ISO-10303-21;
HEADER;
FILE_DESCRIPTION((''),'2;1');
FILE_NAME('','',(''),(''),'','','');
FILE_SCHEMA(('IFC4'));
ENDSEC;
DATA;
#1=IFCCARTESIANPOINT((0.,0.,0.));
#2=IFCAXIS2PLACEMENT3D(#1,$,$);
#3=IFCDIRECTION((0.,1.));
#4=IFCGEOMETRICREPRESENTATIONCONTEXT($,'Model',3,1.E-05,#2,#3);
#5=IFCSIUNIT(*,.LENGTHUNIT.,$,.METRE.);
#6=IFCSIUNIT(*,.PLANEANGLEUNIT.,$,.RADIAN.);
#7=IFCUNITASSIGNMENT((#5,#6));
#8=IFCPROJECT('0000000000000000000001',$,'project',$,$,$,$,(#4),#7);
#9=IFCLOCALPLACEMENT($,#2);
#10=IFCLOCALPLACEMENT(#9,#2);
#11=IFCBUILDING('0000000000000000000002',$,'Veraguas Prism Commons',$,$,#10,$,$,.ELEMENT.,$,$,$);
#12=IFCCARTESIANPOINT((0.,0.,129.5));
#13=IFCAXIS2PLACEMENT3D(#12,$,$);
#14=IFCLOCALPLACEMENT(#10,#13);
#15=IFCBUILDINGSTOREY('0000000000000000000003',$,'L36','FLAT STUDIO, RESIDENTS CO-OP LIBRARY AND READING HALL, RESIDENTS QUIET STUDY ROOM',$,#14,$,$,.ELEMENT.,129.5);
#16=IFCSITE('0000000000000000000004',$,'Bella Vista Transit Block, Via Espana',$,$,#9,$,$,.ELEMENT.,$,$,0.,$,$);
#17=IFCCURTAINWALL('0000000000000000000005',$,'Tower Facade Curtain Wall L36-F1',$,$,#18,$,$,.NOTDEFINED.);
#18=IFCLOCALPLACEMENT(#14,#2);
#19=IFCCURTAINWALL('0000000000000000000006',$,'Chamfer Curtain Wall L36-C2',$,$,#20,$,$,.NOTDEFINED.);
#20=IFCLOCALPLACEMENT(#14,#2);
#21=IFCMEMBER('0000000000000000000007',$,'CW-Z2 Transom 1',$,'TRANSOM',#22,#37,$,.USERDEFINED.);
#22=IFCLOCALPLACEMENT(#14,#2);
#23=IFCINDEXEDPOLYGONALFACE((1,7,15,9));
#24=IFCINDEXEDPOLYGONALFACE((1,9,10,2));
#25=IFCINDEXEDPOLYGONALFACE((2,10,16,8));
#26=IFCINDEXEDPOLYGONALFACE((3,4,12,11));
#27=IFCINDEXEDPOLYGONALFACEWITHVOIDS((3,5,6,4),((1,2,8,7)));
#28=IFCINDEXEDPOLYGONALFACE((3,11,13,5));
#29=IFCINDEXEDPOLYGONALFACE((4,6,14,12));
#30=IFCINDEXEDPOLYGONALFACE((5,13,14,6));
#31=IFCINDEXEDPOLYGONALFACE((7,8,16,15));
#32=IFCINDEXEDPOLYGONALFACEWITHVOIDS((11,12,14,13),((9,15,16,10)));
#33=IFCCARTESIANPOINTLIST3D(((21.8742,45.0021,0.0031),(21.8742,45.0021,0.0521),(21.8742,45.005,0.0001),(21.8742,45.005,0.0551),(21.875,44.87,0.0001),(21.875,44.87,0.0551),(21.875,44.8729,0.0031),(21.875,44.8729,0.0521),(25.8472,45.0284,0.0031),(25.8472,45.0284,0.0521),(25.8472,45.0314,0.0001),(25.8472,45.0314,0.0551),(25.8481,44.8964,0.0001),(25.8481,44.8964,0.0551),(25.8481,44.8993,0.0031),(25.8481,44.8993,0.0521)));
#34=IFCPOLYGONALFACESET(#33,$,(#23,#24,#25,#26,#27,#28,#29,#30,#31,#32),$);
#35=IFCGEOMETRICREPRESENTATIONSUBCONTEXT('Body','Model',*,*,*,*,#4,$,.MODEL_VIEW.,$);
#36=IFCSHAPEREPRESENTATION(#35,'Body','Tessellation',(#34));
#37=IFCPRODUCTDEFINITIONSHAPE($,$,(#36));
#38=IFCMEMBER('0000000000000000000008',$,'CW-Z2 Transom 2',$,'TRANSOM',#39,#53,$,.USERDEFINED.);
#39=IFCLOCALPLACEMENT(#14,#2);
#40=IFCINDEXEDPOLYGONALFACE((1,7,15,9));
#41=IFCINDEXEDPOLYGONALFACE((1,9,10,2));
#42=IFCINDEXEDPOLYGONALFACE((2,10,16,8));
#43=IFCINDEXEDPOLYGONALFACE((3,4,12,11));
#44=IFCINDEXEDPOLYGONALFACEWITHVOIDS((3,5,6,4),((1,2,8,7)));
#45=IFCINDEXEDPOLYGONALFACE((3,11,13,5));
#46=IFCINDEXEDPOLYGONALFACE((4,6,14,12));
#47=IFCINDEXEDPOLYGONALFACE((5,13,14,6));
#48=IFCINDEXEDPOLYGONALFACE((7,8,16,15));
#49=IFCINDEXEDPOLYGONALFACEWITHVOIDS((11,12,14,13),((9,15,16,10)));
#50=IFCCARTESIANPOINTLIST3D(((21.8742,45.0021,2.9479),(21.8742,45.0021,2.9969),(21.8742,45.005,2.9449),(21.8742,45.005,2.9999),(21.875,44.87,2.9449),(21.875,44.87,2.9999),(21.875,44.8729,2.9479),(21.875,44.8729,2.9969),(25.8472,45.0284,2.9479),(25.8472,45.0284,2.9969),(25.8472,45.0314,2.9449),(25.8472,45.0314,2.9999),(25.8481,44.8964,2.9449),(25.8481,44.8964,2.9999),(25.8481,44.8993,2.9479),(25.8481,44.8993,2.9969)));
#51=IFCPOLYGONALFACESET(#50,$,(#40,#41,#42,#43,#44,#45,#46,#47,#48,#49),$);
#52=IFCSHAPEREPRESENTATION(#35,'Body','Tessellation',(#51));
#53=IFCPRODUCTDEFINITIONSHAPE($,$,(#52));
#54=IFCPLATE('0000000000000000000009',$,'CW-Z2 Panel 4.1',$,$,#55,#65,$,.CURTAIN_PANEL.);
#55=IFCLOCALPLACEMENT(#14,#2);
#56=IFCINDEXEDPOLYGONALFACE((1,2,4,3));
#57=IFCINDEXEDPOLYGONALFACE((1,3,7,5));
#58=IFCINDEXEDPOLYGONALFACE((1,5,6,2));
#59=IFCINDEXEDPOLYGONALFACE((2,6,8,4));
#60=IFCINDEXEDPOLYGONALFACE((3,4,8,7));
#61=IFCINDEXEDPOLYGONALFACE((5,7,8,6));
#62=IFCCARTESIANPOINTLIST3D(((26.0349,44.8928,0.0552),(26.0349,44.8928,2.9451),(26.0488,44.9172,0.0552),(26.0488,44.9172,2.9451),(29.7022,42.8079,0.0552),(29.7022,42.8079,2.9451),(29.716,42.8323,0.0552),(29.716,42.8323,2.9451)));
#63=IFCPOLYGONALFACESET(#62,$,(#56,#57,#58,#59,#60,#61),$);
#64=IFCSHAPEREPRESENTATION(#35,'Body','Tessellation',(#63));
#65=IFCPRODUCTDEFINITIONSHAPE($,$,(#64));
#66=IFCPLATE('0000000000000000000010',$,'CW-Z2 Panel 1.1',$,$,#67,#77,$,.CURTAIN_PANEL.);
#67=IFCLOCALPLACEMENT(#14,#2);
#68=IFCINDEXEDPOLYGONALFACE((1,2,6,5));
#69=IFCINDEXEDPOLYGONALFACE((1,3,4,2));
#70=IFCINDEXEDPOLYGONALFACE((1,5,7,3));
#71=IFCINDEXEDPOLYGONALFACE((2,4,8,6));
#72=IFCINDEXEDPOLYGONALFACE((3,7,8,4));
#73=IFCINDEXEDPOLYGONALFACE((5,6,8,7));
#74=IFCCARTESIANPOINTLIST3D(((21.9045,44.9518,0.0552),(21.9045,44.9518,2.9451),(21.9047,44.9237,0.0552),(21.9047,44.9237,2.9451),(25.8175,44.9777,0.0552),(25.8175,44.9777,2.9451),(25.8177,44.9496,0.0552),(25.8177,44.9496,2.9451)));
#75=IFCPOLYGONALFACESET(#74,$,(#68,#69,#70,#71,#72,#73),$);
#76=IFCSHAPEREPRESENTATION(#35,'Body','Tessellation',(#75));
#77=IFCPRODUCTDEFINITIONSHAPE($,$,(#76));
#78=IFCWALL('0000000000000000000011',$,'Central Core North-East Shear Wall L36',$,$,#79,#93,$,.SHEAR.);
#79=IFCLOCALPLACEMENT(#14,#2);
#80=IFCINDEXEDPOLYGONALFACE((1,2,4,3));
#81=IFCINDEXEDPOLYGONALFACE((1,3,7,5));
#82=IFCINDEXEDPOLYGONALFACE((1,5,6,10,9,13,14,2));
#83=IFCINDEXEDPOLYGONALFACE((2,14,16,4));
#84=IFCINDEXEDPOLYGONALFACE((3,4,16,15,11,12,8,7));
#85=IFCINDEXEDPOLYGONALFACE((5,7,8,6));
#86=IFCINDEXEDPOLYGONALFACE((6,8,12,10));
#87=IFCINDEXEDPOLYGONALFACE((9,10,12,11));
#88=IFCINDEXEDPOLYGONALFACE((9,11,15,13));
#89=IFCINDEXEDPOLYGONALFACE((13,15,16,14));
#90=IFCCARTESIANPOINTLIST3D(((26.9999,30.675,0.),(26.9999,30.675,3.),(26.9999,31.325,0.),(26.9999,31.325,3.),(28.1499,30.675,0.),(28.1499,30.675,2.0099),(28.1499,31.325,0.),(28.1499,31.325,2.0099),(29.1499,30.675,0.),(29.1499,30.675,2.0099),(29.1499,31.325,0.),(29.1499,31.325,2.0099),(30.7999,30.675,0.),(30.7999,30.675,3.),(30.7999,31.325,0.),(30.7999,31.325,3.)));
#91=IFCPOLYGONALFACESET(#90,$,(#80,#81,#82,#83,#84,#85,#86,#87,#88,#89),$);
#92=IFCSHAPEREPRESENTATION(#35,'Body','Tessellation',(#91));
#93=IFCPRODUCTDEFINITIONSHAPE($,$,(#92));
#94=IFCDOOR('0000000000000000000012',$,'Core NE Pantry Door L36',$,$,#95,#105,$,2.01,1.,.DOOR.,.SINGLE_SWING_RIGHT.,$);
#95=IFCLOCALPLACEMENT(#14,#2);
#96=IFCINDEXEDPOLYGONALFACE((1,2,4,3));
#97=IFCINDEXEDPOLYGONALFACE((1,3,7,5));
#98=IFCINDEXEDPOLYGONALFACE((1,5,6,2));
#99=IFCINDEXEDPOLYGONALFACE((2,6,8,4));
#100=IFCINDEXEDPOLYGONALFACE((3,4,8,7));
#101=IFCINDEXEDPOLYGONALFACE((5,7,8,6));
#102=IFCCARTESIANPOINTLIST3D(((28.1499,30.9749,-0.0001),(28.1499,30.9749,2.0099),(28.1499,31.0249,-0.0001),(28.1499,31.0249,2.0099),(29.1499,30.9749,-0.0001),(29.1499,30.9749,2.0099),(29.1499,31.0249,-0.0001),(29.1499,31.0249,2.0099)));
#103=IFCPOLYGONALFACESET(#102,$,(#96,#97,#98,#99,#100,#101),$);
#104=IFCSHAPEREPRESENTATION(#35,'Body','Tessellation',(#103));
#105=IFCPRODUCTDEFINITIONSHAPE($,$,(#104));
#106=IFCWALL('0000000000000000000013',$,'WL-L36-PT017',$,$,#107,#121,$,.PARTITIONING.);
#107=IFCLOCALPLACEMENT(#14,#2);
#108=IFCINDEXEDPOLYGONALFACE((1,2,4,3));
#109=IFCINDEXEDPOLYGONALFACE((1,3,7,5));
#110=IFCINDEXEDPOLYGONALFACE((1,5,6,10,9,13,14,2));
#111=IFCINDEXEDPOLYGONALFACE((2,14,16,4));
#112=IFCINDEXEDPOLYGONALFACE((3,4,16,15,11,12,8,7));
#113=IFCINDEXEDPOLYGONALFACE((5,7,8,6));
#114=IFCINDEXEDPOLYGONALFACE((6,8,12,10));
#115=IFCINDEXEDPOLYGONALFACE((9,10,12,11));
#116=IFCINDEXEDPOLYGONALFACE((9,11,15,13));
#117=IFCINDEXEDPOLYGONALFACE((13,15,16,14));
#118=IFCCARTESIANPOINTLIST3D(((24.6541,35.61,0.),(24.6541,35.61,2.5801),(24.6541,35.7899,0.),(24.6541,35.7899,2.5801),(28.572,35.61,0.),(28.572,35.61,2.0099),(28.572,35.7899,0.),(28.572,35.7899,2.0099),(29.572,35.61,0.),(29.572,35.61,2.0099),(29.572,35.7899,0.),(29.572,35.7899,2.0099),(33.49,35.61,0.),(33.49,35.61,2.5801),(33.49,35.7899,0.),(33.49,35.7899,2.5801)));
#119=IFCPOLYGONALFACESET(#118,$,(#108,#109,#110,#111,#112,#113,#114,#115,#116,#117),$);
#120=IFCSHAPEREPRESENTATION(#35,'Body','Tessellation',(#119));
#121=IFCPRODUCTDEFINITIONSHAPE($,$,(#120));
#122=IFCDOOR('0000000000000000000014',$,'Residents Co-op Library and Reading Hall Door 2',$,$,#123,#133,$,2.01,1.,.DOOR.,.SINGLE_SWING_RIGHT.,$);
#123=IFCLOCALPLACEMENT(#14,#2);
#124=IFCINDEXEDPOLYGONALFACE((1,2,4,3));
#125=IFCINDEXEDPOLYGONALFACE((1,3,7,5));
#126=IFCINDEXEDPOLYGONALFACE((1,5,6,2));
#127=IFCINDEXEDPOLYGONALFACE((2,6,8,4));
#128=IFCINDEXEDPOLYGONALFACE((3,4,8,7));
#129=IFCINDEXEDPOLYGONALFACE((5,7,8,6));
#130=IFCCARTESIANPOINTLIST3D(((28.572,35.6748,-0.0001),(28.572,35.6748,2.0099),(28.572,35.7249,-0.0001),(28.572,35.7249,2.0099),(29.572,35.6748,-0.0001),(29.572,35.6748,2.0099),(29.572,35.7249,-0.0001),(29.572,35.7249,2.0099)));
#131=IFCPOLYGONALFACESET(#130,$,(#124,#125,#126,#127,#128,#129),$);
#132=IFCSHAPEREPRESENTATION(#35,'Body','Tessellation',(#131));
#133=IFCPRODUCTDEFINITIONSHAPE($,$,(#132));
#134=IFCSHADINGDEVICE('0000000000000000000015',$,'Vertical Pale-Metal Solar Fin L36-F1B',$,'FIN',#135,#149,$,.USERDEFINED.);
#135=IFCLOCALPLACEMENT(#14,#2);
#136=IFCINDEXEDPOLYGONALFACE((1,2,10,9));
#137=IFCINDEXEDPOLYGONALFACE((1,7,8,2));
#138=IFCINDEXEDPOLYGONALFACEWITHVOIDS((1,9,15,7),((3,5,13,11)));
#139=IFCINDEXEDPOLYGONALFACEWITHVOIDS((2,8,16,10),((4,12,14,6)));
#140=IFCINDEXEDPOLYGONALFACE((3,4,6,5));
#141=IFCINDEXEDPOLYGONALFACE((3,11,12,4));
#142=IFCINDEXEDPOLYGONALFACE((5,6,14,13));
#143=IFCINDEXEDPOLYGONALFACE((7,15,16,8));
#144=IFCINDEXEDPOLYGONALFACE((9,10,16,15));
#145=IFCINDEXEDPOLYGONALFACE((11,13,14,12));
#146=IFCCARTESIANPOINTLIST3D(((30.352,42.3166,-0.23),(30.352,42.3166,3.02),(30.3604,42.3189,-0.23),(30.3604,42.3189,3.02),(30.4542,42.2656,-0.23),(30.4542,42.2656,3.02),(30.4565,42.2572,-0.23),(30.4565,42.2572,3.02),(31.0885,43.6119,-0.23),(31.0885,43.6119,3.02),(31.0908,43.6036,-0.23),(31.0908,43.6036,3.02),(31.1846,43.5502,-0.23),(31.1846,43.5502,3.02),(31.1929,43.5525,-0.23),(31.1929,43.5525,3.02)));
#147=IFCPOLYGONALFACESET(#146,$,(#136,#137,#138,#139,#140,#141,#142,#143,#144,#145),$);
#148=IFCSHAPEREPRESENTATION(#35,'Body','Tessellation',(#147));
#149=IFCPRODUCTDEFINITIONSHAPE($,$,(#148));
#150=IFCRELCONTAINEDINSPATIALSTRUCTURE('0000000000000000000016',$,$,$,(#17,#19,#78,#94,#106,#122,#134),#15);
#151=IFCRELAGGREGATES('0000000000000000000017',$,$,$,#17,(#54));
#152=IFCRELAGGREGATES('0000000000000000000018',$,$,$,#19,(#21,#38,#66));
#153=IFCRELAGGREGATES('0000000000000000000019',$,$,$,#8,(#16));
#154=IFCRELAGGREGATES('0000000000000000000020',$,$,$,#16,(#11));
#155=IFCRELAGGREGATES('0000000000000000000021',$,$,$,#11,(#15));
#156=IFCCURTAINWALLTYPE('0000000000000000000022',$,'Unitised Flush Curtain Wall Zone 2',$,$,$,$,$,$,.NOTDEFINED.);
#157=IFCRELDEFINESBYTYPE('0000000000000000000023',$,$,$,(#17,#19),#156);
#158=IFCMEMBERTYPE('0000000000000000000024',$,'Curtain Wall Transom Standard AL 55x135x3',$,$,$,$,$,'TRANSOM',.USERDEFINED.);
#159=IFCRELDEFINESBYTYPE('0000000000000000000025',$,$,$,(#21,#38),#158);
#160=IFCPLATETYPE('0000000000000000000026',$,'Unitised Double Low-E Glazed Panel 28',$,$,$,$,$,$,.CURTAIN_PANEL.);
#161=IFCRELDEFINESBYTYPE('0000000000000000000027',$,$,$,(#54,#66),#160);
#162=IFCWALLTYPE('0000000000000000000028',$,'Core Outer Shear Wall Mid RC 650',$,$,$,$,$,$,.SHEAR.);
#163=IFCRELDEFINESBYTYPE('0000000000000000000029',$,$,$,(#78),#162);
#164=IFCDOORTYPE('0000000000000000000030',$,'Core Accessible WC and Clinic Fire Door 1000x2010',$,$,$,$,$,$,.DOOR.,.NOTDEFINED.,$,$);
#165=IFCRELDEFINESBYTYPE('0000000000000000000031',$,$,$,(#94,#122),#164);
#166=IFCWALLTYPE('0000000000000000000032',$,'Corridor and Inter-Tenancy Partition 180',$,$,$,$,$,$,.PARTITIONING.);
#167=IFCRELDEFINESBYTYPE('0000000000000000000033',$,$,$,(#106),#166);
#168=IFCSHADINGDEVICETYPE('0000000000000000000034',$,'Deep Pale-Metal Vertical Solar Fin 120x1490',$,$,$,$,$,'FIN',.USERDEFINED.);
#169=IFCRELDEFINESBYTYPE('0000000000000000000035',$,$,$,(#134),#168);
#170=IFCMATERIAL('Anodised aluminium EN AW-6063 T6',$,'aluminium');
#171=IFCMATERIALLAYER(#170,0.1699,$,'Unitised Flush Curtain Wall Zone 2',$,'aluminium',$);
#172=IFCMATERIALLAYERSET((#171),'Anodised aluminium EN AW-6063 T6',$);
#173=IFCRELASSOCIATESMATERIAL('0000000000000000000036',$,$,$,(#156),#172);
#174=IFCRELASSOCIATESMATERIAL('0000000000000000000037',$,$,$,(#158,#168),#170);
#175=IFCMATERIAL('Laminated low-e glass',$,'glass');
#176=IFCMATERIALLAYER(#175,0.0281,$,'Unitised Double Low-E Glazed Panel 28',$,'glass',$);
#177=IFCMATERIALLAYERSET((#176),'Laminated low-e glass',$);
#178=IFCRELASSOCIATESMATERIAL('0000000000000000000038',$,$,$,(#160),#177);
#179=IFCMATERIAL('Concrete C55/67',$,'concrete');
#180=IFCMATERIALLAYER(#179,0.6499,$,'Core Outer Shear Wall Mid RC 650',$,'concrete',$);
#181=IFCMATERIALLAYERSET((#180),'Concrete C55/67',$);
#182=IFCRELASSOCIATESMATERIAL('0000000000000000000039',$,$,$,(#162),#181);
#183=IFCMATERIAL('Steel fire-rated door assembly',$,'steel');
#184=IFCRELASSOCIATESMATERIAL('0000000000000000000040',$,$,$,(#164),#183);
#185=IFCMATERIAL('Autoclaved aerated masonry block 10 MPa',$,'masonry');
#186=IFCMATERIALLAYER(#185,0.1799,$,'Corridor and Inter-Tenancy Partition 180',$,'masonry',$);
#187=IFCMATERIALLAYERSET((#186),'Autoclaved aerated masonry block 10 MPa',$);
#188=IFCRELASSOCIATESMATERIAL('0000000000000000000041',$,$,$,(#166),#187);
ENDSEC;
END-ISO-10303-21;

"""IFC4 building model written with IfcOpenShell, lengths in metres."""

from ifc_helpers import new_model, si_unit, direction, frame, frame_2d, origin, origin_2d, place, context, subcontext, project, spatial, rectangle, hollow_rectangle, extrude, source, transform, mapped, material, layer, layer_set, material_profile, profile_set, type_object, element, fill, aggregate, save


model = new_model("IFC4")

# Units and contexts
model_context = context("Model", 3, precision=1e-05, world=origin(), true_north=direction((0.0, 1.0)))
body_context = subcontext(model_context, "Body", "Model", "MODEL_VIEW")
ifc_project = project(units=[si_unit("LENGTHUNIT", "METRE"), si_unit("PLANEANGLEUNIT", "RADIAN")], contexts=[model_context])

# Site, building, storey
site_placement = place(None, origin())
site = spatial("IfcSite", under=ifc_project, at=site_placement, Name="Bella Vista Transit Block, Via Espana", CompositionType="ELEMENT", RefElevation=0.0)
building_placement = place(site_placement, origin())
building = spatial("IfcBuilding", under=site, at=building_placement, Name="Veraguas Prism Commons", CompositionType="ELEMENT")
storey_placement = place(building_placement, frame((0.0, 0.0, 129.5)))
storey = spatial("IfcBuildingStorey", under=building, at=storey_placement, Name="L36", Description="FLAT STUDIO, RESIDENTS CO-OP LIBRARY AND READING HALL, RESIDENTS QUIET STUDY ROOM", CompositionType="ELEMENT", Elevation=129.5)

# Curtain walls, members
ifc_material_1 = material(Name="Anodised aluminium EN AW-6063 T6", Category="aluminium")
ifc_layer_1 = layer(ifc_material_1, 0.1699, Name="Unitised Flush Curtain Wall Zone 2", Category="aluminium")
ifc_layer_set_1 = layer_set([ifc_layer_1], Name="Anodised aluminium EN AW-6063 T6")
curtain_wall_type = type_object("IfcCurtainWallType", Name="Unitised Flush Curtain Wall Zone 2", PredefinedType="NOTDEFINED", material=ifc_layer_set_1)
curtain_wall_1_placement = place(storey_placement, origin())
curtain_wall_1 = element("IfcCurtainWall", 1, at=curtain_wall_1_placement, inside=storey, type_object=curtain_wall_type, Name="Tower Facade Curtain Wall L36-F1", PredefinedType="NOTDEFINED")
curtain_wall_2_placement = place(storey_placement, origin())
curtain_wall_2 = element("IfcCurtainWall", 2, at=curtain_wall_2_placement, inside=storey, type_object=curtain_wall_type, Name="Chamfer Curtain Wall L36-C2", PredefinedType="NOTDEFINED")
ifc_material_profile_1 = material_profile(ifc_material_1, hollow_rectangle(XDim=0.0549, YDim=0.135, WallThickness=0.0029, at=origin_2d()), Name="AL55X135X3")
ifc_profile_set_1 = profile_set([ifc_material_profile_1], Name="Anodised aluminium EN AW-6063 T6")
member_type_1 = type_object("IfcMemberType", Name="Curtain Wall Transom Standard AL 55x135x3", ElementType="TRANSOM", PredefinedType="USERDEFINED", material=ifc_profile_set_1)
shared_shape_1 = source(origin(), body_context, "Body", "SweptSolid", [
    extrude(hollow_rectangle(XDim=0.0549, YDim=0.135, WallThickness=0.0029, at=origin_2d()), origin(), (0.0, 0.0, 1.0), 3.9731),
])
member_1_placement = place(storey_placement, frame((25.8477, 44.9639, 0.0276), z_axis=(-0.999978, -0.006636, 0.0), x_axis=(0.0, 0.0, 1.0)))
member_1 = element("IfcMember", 3, at=member_1_placement, type_object=member_type_1, Name="CW-Z2 Transom 1", ObjectType="TRANSOM", PredefinedType="USERDEFINED", context=body_context, shape_type="MappedRepresentation", body=[
    mapped(shared_shape_1, transform((0.0, 0.0, 0.0), scale=1.0)),
])
member_2_placement = place(storey_placement, frame((25.8477, 44.9639, 2.9724), z_axis=(-0.999978, -0.006636, 0.0), x_axis=(0.0, 0.0, 1.0)))
member_2 = element("IfcMember", 4, at=member_2_placement, type_object=member_type_1, Name="CW-Z2 Transom 2", ObjectType="TRANSOM", PredefinedType="USERDEFINED", context=body_context, shape_type="MappedRepresentation", body=[
    mapped(shared_shape_1, transform((0.0, 0.0, 0.0), scale=1.0)),
])

# Plates
ifc_material_2 = material(Name="Laminated low-e glass", Category="glass")
ifc_layer_2 = layer(ifc_material_2, 0.0281, Name="Unitised Double Low-E Glazed Panel 28", Category="glass")
ifc_layer_set_2 = layer_set([ifc_layer_2], Name="Laminated low-e glass")
plate_type = type_object("IfcPlateType", Name="Unitised Double Low-E Glazed Panel 28", PredefinedType="CURTAIN_PANEL", material=ifc_layer_set_2)
shared_shape_2 = source(origin(), body_context, "Body", "SweptSolid", [
    extrude(rectangle(XDim=4.2185, YDim=0.0281, at=origin_2d()), origin(), (0.0, 0.0, 1.0), 2.8899),
])
plate_1_placement = place(storey_placement, frame((27.8755, 43.8625, 0.0552), z_axis=(0.0, 0.0, 1.0), x_axis=(-0.869323, 0.494244, 0.0)))
plate_1 = element("IfcPlate", 5, at=plate_1_placement, type_object=plate_type, Name="CW-Z2 Panel 4.1", PredefinedType="CURTAIN_PANEL", context=body_context, shape_type="MappedRepresentation", body=[
    mapped(shared_shape_2, transform((0.0, 0.0, 0.0), scale=1.0)),
])
aggregate(curtain_wall_1, [plate_1])
shared_shape_3 = source(origin(), body_context, "Body", "SweptSolid", [
    extrude(rectangle(XDim=3.9131, YDim=0.0281, at=origin_2d()), origin(), (0.0, 0.0, 1.0), 2.8899),
])
plate_2_placement = place(storey_placement, frame((23.8611, 44.9507, 0.0552), z_axis=(0.0, 0.0, 1.0), x_axis=(-0.999978, -0.00662, 0.0)))
plate_2 = element("IfcPlate", 6, at=plate_2_placement, type_object=plate_type, Name="CW-Z2 Panel 1.1", PredefinedType="CURTAIN_PANEL", context=body_context, shape_type="MappedRepresentation", body=[
    mapped(shared_shape_3, transform((0.0, 0.0, 0.0), scale=1.0)),
])
aggregate(curtain_wall_2, [member_1, member_2, plate_2])

# Walls, openings, doors
ifc_material_3 = material(Name="Concrete C55/67", Category="concrete")
ifc_layer_3 = layer(ifc_material_3, 0.6499, Name="Core Outer Shear Wall Mid RC 650", Category="concrete")
ifc_layer_set_3 = layer_set([ifc_layer_3], Name="Concrete C55/67")
wall_type_1 = type_object("IfcWallType", Name="Core Outer Shear Wall Mid RC 650", PredefinedType="SHEAR", material=ifc_layer_set_3)
wall_1_placement = place(storey_placement, frame((27.0, 31.0, 0.0), z_axis=(0.0, 0.0, 1.0), x_axis=(1.0, 0.0, 0.0)))
wall_1 = element("IfcWall", 7, at=wall_1_placement, inside=storey, type_object=wall_type_1, Name="Central Core North-East Shear Wall L36", PredefinedType="SHEAR", context=body_context, shape_type="SweptSolid", body=[
    extrude(rectangle(XDim=3.8, YDim=0.6499, at=frame_2d((1.8999, 0.0))), origin(), (0.0, 0.0, 1.0), 3.0),
])
opening_1_placement = place(wall_1_placement, frame((1.1499, 0.0, 0.0)))
opening_1 = element("IfcOpeningElement", 8, at=opening_1_placement, cuts=wall_1, PredefinedType="OPENING", context=body_context, shape_type="SweptSolid", body=[
    extrude(rectangle(XDim=1.0, YDim=2.01, at=frame_2d((0.5, 1.0049))), frame((0.0, 0.335, 0.0), z_axis=(0.0, -1.0, 0.0), x_axis=(1.0, 0.0, 0.0)), (0.0, 0.0, 1.0), 0.6699),
])
ifc_material_4 = material(Name="Steel fire-rated door assembly", Category="steel")
door_type = type_object("IfcDoorType", Name="Core Accessible WC and Clinic Fire Door 1000x2010", OperationType="NOTDEFINED", PredefinedType="DOOR", material=ifc_material_4)
shared_shape_4 = source(origin(), body_context, "Body", "SweptSolid", [
    extrude(rectangle(XDim=1.0, YDim=2.01, at=frame_2d((0.5, 1.0049))), frame((0.0, 0.0249, 0.0), z_axis=(0.0, -1.0, 0.0), x_axis=(1.0, 0.0, 0.0)), (0.0, 0.0, 1.0), 0.05),
])
door_1_placement = place(opening_1_placement, origin())
door_1 = element("IfcDoor", 9, at=door_1_placement, inside=storey, type_object=door_type, Name="Core NE Pantry Door L36", OperationType="SINGLE_SWING_RIGHT", OverallHeight=2.01, OverallWidth=1.0, PredefinedType="DOOR", context=body_context, shape_type="MappedRepresentation", body=[
    mapped(shared_shape_4, transform((0.0, 0.0, 0.0), scale=1.0)),
])
fill(opening_1, door_1)
ifc_material_5 = material(Name="Autoclaved aerated masonry block 10 MPa", Category="masonry")
ifc_layer_4 = layer(ifc_material_5, 0.1799, Name="Corridor and Inter-Tenancy Partition 180", Category="masonry")
ifc_layer_set_4 = layer_set([ifc_layer_4], Name="Autoclaved aerated masonry block 10 MPa")
wall_type_2 = type_object("IfcWallType", Name="Corridor and Inter-Tenancy Partition 180", PredefinedType="PARTITIONING", material=ifc_layer_set_4)
wall_2_placement = place(storey_placement, frame((24.6541, 35.7, 0.0), z_axis=(0.0, 0.0, 1.0), x_axis=(1.0, 0.0, 0.0)))
wall_2 = element("IfcWall", 10, at=wall_2_placement, inside=storey, type_object=wall_type_2, Name="WL-L36-PT017", PredefinedType="PARTITIONING", context=body_context, shape_type="SweptSolid", body=[
    extrude(rectangle(XDim=8.8359, YDim=0.1799, at=frame_2d((4.418, 0.0))), origin(), (0.0, 0.0, 1.0), 2.5801),
])
opening_2_placement = place(wall_2_placement, frame((3.918, 0.0, 0.0)))
opening_2 = element("IfcOpeningElement", 11, at=opening_2_placement, cuts=wall_2, PredefinedType="OPENING", context=body_context, shape_type="SweptSolid", body=[
    extrude(rectangle(XDim=1.0, YDim=2.01, at=frame_2d((0.5, 1.0049))), frame((0.0, 0.0999, 0.0), z_axis=(0.0, -1.0, 0.0), x_axis=(1.0, 0.0, 0.0)), (0.0, 0.0, 1.0), 0.2),
])
door_2_placement = place(opening_2_placement, origin())
door_2 = element("IfcDoor", 12, at=door_2_placement, inside=storey, type_object=door_type, Name="Residents Co-op Library and Reading Hall Door 2", OperationType="SINGLE_SWING_RIGHT", OverallHeight=2.01, OverallWidth=1.0, PredefinedType="DOOR", context=body_context, shape_type="MappedRepresentation", body=[
    mapped(shared_shape_4, transform((0.0, 0.0, 0.0), scale=1.0)),
])
fill(opening_2, door_2)

# Shading device
ifc_material_profile_2 = material_profile(ifc_material_1, hollow_rectangle(XDim=0.1201, YDim=1.49, WallThickness=0.0061, at=origin_2d()), Name="FIN120X1490X6")
ifc_profile_set_2 = profile_set([ifc_material_profile_2], Name="Anodised aluminium EN AW-6063 T6")
shading_device_type = type_object("IfcShadingDeviceType", Name="Deep Pale-Metal Vertical Solar Fin 120x1490", ElementType="FIN", PredefinedType="USERDEFINED", material=ifc_profile_set_2)
shading_device_placement = place(storey_placement, frame((30.7725, 42.9346, -0.23), z_axis=(0.0, 0.0, 1.0), x_axis=(-0.869322, 0.494245, 0.0)))
element("IfcShadingDevice", 13, at=shading_device_placement, inside=storey, type_object=shading_device_type, Name="Vertical Pale-Metal Solar Fin L36-F1B", ObjectType="FIN", PredefinedType="USERDEFINED", context=body_context, shape_type="SweptSolid", body=[
    extrude(hollow_rectangle(XDim=0.1201, YDim=1.49, WallThickness=0.0061, at=origin_2d()), origin(), (0.0, 0.0, 1.0), 3.25),
])

save(model, "model.ifc")
